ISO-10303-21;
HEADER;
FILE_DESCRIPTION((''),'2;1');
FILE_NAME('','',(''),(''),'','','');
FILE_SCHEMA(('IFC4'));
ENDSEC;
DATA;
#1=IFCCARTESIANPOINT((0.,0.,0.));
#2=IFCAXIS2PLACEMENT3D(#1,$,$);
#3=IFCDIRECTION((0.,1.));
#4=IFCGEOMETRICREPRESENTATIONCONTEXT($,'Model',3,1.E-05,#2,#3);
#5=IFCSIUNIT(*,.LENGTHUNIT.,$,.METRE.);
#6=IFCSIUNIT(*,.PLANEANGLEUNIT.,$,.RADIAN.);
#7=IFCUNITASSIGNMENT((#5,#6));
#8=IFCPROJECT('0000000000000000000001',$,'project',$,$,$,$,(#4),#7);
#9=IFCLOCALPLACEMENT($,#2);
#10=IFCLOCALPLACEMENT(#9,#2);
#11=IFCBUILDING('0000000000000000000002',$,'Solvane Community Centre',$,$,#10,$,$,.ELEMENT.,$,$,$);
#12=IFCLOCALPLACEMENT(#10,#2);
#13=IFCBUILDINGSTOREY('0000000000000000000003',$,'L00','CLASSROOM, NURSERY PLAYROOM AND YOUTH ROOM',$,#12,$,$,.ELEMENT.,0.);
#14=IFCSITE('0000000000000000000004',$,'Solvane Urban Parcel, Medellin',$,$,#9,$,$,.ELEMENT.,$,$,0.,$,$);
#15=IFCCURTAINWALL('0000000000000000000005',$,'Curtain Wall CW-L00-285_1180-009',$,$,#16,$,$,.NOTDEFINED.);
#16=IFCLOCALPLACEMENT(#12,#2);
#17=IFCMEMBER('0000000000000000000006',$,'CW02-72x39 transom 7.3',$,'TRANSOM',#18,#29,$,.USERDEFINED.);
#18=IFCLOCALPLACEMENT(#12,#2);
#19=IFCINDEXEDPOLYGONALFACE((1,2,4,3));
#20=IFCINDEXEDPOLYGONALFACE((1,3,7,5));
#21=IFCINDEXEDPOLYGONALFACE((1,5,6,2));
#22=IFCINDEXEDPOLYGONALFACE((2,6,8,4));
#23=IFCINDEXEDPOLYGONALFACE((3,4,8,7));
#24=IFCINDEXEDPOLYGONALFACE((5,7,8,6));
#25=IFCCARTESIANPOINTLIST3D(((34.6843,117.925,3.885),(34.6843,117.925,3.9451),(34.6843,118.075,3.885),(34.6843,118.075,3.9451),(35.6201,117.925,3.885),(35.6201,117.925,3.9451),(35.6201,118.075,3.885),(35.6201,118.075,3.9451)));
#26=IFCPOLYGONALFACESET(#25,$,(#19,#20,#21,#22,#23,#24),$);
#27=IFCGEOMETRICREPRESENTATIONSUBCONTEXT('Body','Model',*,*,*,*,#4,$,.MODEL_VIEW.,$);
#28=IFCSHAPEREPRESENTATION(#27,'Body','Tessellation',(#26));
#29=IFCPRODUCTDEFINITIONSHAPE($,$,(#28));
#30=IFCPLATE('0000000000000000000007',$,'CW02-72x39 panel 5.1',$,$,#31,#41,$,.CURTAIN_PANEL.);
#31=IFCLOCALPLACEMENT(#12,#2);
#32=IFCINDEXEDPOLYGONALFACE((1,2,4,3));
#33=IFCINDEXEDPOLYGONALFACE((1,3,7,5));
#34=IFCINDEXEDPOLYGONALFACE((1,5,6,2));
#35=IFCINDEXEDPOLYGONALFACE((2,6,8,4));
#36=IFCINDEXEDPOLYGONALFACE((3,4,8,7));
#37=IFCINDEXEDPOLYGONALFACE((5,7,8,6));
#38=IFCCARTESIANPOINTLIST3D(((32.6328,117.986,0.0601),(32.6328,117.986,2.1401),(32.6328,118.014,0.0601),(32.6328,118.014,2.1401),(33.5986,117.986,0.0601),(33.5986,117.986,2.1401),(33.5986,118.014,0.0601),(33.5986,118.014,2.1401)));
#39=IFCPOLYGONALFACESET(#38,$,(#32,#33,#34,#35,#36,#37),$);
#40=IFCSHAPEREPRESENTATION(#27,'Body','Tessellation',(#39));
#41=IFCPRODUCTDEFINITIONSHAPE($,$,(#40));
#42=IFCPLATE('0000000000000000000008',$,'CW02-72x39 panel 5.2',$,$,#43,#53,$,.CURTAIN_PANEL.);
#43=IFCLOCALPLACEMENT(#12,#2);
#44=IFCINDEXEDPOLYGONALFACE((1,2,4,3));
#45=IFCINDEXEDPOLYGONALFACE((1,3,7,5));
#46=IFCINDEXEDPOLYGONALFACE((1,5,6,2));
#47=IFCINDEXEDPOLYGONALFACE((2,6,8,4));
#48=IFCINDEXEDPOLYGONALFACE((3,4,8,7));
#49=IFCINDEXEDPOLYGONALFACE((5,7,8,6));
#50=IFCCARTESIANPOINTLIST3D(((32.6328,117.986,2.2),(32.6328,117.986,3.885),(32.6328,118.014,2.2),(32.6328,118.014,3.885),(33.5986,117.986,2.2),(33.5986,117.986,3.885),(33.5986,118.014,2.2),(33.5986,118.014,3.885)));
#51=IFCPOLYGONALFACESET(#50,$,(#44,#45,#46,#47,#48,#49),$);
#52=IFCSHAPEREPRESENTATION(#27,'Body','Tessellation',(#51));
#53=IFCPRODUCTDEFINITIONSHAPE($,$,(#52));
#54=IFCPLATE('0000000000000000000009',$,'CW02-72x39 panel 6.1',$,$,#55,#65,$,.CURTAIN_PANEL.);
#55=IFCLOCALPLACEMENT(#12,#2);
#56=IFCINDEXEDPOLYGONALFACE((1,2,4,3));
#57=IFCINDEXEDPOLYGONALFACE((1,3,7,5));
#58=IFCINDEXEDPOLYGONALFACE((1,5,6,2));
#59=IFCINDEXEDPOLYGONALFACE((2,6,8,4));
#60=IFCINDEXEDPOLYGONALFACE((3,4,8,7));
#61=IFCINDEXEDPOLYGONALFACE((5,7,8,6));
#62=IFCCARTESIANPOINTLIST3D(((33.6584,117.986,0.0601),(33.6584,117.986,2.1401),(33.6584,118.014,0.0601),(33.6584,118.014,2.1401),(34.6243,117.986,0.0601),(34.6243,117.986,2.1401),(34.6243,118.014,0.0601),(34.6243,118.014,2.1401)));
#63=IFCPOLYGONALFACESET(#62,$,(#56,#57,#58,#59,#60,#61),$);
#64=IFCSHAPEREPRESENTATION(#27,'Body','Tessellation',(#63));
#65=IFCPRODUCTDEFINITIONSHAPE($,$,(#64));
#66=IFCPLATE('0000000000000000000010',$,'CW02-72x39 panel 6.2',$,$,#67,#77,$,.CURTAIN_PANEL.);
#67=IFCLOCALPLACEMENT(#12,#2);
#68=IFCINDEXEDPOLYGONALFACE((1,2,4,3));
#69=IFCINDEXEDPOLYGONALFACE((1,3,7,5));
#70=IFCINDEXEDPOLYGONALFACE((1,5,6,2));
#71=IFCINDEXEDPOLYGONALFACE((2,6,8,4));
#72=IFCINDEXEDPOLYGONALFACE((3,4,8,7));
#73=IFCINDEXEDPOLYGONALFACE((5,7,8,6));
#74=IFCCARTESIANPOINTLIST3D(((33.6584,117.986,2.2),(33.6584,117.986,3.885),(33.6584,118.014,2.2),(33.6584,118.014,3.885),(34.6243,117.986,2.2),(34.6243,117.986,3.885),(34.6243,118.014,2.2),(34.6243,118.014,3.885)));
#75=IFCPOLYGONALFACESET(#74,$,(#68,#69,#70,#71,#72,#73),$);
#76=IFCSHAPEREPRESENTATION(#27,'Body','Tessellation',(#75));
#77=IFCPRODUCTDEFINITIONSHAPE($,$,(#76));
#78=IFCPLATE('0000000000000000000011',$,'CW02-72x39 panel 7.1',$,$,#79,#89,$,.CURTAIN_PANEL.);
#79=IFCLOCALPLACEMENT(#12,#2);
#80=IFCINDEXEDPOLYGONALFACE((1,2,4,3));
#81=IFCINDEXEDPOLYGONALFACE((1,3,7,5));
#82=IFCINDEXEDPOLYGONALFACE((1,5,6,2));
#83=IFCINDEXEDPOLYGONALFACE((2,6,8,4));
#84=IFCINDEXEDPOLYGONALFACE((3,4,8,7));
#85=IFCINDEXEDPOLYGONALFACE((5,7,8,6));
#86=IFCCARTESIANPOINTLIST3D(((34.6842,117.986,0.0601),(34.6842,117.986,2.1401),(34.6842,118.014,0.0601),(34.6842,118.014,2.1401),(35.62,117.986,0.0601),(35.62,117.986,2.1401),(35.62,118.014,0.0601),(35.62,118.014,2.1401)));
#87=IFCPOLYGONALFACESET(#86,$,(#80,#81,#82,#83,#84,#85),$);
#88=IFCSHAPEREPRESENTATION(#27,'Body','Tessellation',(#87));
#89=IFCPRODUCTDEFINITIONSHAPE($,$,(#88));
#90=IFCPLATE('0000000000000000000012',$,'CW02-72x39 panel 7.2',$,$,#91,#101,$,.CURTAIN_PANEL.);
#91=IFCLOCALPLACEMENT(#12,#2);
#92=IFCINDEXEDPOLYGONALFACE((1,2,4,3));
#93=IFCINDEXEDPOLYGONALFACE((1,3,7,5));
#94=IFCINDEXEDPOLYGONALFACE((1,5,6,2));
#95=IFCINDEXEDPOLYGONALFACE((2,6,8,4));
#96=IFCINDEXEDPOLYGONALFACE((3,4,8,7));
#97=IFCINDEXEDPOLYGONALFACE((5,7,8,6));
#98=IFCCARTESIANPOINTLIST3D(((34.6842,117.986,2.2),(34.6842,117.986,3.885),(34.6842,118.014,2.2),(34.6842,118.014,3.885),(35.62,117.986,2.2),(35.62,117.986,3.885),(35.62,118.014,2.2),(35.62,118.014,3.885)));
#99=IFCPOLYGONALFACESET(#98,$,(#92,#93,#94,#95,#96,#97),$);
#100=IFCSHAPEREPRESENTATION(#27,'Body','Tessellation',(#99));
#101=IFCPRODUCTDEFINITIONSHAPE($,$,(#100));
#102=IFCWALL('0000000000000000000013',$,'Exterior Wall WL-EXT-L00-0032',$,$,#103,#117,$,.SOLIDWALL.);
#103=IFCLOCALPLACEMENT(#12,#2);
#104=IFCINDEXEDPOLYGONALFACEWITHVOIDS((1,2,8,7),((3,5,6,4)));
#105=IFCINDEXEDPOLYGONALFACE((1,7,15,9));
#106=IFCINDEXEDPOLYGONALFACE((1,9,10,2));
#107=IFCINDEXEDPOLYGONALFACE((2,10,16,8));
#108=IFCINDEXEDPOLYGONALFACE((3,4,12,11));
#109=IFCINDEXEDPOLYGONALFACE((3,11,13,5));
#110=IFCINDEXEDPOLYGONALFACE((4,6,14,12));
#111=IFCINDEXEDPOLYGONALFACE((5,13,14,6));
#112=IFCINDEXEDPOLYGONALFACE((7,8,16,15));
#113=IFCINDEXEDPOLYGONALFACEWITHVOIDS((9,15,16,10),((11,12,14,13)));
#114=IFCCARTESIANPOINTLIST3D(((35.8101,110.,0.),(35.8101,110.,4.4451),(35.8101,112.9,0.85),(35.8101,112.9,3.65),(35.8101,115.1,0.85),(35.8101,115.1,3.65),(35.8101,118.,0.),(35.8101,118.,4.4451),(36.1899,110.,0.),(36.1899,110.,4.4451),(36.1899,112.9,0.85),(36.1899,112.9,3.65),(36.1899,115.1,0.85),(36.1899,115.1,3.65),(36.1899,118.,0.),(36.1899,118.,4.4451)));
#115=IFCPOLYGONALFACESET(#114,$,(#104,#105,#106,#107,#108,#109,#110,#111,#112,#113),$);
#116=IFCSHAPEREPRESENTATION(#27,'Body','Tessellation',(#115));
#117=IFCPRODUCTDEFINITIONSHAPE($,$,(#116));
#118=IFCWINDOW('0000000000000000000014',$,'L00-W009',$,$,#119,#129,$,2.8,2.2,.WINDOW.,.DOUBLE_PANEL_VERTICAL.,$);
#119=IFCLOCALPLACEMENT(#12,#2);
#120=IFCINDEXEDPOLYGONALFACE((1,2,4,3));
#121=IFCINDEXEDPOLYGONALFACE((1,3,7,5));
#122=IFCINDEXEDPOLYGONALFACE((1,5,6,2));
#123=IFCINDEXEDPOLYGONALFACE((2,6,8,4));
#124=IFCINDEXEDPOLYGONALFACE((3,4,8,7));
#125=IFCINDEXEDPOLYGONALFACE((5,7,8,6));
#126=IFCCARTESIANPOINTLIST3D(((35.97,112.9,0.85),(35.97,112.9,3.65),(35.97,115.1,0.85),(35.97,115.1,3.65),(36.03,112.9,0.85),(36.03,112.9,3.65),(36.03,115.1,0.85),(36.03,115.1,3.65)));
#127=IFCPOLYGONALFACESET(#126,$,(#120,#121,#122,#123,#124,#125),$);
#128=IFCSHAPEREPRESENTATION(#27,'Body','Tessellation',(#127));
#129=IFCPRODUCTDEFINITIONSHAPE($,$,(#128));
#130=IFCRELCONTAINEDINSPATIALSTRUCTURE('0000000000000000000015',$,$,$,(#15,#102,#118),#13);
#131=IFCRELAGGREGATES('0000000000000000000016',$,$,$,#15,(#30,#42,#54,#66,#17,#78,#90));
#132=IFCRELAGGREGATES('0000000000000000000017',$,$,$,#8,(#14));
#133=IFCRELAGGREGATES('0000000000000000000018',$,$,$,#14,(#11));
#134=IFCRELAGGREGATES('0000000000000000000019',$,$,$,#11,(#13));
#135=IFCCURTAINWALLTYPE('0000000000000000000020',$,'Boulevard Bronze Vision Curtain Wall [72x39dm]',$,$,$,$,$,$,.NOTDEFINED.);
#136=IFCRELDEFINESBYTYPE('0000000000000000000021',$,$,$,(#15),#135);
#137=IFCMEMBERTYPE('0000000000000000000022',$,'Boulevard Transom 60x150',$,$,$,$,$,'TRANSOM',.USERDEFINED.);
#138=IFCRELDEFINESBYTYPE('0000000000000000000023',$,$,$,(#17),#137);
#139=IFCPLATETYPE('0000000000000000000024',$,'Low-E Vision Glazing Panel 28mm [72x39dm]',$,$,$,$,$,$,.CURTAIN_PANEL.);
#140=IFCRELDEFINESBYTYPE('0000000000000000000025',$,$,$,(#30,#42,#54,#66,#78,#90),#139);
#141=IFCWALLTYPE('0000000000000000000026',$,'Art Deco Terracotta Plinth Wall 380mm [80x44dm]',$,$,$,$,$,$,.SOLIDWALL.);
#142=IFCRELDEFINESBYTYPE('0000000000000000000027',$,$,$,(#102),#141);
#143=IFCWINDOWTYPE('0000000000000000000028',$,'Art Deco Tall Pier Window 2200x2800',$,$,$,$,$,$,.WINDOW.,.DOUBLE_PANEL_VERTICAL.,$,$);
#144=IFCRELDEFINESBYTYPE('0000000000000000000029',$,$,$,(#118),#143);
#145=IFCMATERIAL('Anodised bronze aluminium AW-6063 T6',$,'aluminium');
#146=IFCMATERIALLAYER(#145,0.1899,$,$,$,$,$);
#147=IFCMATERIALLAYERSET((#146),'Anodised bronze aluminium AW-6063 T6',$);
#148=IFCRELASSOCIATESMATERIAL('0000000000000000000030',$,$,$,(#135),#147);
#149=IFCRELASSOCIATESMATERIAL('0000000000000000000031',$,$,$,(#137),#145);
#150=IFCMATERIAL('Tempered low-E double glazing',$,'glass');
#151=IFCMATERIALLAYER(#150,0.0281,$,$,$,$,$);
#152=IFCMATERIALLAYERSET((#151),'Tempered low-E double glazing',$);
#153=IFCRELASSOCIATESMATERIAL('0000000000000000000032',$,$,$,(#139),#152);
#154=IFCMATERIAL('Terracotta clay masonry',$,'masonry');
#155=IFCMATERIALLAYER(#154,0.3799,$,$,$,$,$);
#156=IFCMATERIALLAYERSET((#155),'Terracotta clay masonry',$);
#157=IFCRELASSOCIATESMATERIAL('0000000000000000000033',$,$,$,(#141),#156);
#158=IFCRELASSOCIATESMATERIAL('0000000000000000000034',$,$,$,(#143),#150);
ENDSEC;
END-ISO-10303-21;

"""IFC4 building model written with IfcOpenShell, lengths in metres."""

from ifc_helpers import new_model, si_unit, direction, frame, frame_2d, origin, origin_2d, place, context, subcontext, project, spatial, rectangle, extrude, material, layer, layer_set, material_profile, profile_set, type_object, element, fill, aggregate, save


model = new_model("IFC4")

# Units and contexts
model_context = context("Model", 3, precision=1e-05, world=origin(), true_north=direction((0.0, 1.0)))
body_context = subcontext(model_context, "Body", "Model", "MODEL_VIEW")
ifc_project = project(units=[si_unit("LENGTHUNIT", "METRE"), si_unit("PLANEANGLEUNIT", "RADIAN")], contexts=[model_context])

# Site, building, storey
site_placement = place(None, origin())
site = spatial("IfcSite", under=ifc_project, at=site_placement, Name="Solvane Urban Parcel, Medellin", CompositionType="ELEMENT", RefElevation=0.0)
building_placement = place(site_placement, origin())
building = spatial("IfcBuilding", under=site, at=building_placement, Name="Solvane Community Centre", CompositionType="ELEMENT")
storey_placement = place(building_placement, origin())
storey = spatial("IfcBuildingStorey", under=building, at=storey_placement, Name="L00", Description="CLASSROOM, NURSERY PLAYROOM AND YOUTH ROOM", CompositionType="ELEMENT", Elevation=0.0)

# Curtain wall, member, plates
ifc_material_1 = material(Name="Anodised bronze aluminium AW-6063 T6", Category="aluminium")
ifc_layer_1 = layer(ifc_material_1, 0.1899)
ifc_layer_set_1 = layer_set([ifc_layer_1], Name="Anodised bronze aluminium AW-6063 T6")
curtain_wall_type = type_object("IfcCurtainWallType", Name="Boulevard Bronze Vision Curtain Wall [72x39dm]", PredefinedType="NOTDEFINED", material=ifc_layer_set_1)
curtain_wall_placement = place(storey_placement, origin())
curtain_wall = element("IfcCurtainWall", 1, at=curtain_wall_placement, inside=storey, type_object=curtain_wall_type, Name="Curtain Wall CW-L00-285_1180-009", PredefinedType="NOTDEFINED")
ifc_material_profile_1 = material_profile(ifc_material_1, rectangle(XDim=0.1499, YDim=0.0601, at=origin_2d()), Name="CW-T 60x150")
ifc_profile_set_1 = profile_set([ifc_material_profile_1], Name="Anodised bronze aluminium AW-6063 T6")
member_type_1 = type_object("IfcMemberType", Name="Boulevard Transom 60x150", ElementType="TRANSOM", PredefinedType="USERDEFINED", material=ifc_profile_set_1)
member_1_placement = place(storey_placement, frame((34.6843, 118.0, 3.915), z_axis=(1.0, 0.0, 0.0), x_axis=(0.0, 1.0, 0.0)))
member_1 = element("IfcMember", 2, at=member_1_placement, type_object=member_type_1, Name="CW02-72x39 transom 7.3", ObjectType="TRANSOM", PredefinedType="USERDEFINED", context=body_context, shape_type="SweptSolid", body=[
    extrude(rectangle(XDim=0.1499, YDim=0.0601, at=origin_2d()), origin(), (0.0, 0.0, 1.0), 0.9358),
])
ifc_material_2 = material(Name="Tempered low-E double glazing", Category="glass")
ifc_layer_2 = layer(ifc_material_2, 0.0281)
ifc_layer_set_2 = layer_set([ifc_layer_2], Name="Tempered low-E double glazing")
plate_type = type_object("IfcPlateType", Name="Low-E Vision Glazing Panel 28mm [72x39dm]", PredefinedType="CURTAIN_PANEL", material=ifc_layer_set_2)
plate_1_placement = place(storey_placement, frame((33.1157, 118.0, 0.0601), z_axis=(0.0, 0.0, 1.0), x_axis=(1.0, 0.0, 0.0)))
plate_1 = element("IfcPlate", 3, at=plate_1_placement, type_object=plate_type, Name="CW02-72x39 panel 5.1", PredefinedType="CURTAIN_PANEL", context=body_context, shape_type="SweptSolid", body=[
    extrude(rectangle(XDim=0.9658, YDim=0.0281, at=origin_2d()), origin(), (0.0, 0.0, 1.0), 2.0801),
])
plate_2_placement = place(storey_placement, frame((33.1157, 118.0, 2.2), z_axis=(0.0, 0.0, 1.0), x_axis=(1.0, 0.0, 0.0)))
plate_2 = element("IfcPlate", 4, at=plate_2_placement, type_object=plate_type, Name="CW02-72x39 panel 5.2", PredefinedType="CURTAIN_PANEL", context=body_context, shape_type="SweptSolid", body=[
    extrude(rectangle(XDim=0.9658, YDim=0.0281, at=origin_2d()), origin(), (0.0, 0.0, 1.0), 1.6851),
])
plate_3_placement = place(storey_placement, frame((34.1414, 118.0, 0.0601), z_axis=(0.0, 0.0, 1.0), x_axis=(1.0, 0.0, 0.0)))
plate_3 = element("IfcPlate", 5, at=plate_3_placement, type_object=plate_type, Name="CW02-72x39 panel 6.1", PredefinedType="CURTAIN_PANEL", context=body_context, shape_type="SweptSolid", body=[
    extrude(rectangle(XDim=0.9658, YDim=0.0281, at=origin_2d()), origin(), (0.0, 0.0, 1.0), 2.0801),
])
plate_4_placement = place(storey_placement, frame((34.1414, 118.0, 2.2), z_axis=(0.0, 0.0, 1.0), x_axis=(1.0, 0.0, 0.0)))
plate_4 = element("IfcPlate", 6, at=plate_4_placement, type_object=plate_type, Name="CW02-72x39 panel 6.2", PredefinedType="CURTAIN_PANEL", context=body_context, shape_type="SweptSolid", body=[
    extrude(rectangle(XDim=0.9658, YDim=0.0281, at=origin_2d()), origin(), (0.0, 0.0, 1.0), 1.6851),
])
plate_5_placement = place(storey_placement, frame((35.1521, 118.0, 0.0601), z_axis=(0.0, 0.0, 1.0), x_axis=(1.0, 0.0, 0.0)))
plate_5 = element("IfcPlate", 7, at=plate_5_placement, type_object=plate_type, Name="CW02-72x39 panel 7.1", PredefinedType="CURTAIN_PANEL", context=body_context, shape_type="SweptSolid", body=[
    extrude(rectangle(XDim=0.9358, YDim=0.0281, at=origin_2d()), origin(), (0.0, 0.0, 1.0), 2.0801),
])
plate_6_placement = place(storey_placement, frame((35.1521, 118.0, 2.2), z_axis=(0.0, 0.0, 1.0), x_axis=(1.0, 0.0, 0.0)))
plate_6 = element("IfcPlate", 8, at=plate_6_placement, type_object=plate_type, Name="CW02-72x39 panel 7.2", PredefinedType="CURTAIN_PANEL", context=body_context, shape_type="SweptSolid", body=[
    extrude(rectangle(XDim=0.9358, YDim=0.0281, at=origin_2d()), origin(), (0.0, 0.0, 1.0), 1.6851),
])
aggregate(curtain_wall, [plate_1, plate_2, plate_3, plate_4, member_1, plate_5, plate_6])

# Wall, opening, window
ifc_material_3 = material(Name="Terracotta clay masonry", Category="masonry")
ifc_layer_3 = layer(ifc_material_3, 0.3799)
ifc_layer_set_3 = layer_set([ifc_layer_3], Name="Terracotta clay masonry")
wall_type = type_object("IfcWallType", Name="Art Deco Terracotta Plinth Wall 380mm [80x44dm]", PredefinedType="SOLIDWALL", material=ifc_layer_set_3)
wall_placement = place(storey_placement, frame((36.0, 118.0, 0.0), z_axis=(0.0, 0.0, 1.0), x_axis=(0.0, -1.0, 0.0)))
wall = element("IfcWall", 9, at=wall_placement, inside=storey, type_object=wall_type, Name="Exterior Wall WL-EXT-L00-0032", PredefinedType="SOLIDWALL", context=body_context, shape_type="SweptSolid", body=[
    extrude(rectangle(XDim=8.0, YDim=0.3799, at=frame_2d((4.0, 0.0))), origin(), (0.0, 0.0, 1.0), 4.4451),
])
opening_placement = place(wall_placement, frame((2.8999, 0.0, 0.8501)))
opening = element("IfcOpeningElement", 10, at=opening_placement, cuts=wall, PredefinedType="OPENING", context=body_context, shape_type="SweptSolid", body=[
    extrude(rectangle(XDim=2.2, YDim=2.8, at=frame_2d((1.1001, 1.3999))), frame((0.0, 0.2, 0.0), z_axis=(0.0, -1.0, 0.0), x_axis=(1.0, 0.0, 0.0)), (0.0, 0.0, 1.0), 0.3999),
])
window_type = type_object("IfcWindowType", Name="Art Deco Tall Pier Window 2200x2800", PartitioningType="DOUBLE_PANEL_VERTICAL", PredefinedType="WINDOW", material=ifc_material_2)
window_placement = place(opening_placement, origin())
window = element("IfcWindow", 11, at=window_placement, inside=storey, type_object=window_type, Name="L00-W009", OverallHeight=2.8, OverallWidth=2.2, PartitioningType="DOUBLE_PANEL_VERTICAL", PredefinedType="WINDOW", context=body_context, shape_type="SweptSolid", body=[
    extrude(rectangle(XDim=2.2, YDim=2.8, at=frame_2d((1.1001, 1.3999))), frame((0.0, 0.03, 0.0), z_axis=(0.0, -1.0, 0.0), x_axis=(1.0, 0.0, 0.0)), (0.0, 0.0, 1.0), 0.0601),
])
fill(opening, window)

save(model, "model.ifc")
